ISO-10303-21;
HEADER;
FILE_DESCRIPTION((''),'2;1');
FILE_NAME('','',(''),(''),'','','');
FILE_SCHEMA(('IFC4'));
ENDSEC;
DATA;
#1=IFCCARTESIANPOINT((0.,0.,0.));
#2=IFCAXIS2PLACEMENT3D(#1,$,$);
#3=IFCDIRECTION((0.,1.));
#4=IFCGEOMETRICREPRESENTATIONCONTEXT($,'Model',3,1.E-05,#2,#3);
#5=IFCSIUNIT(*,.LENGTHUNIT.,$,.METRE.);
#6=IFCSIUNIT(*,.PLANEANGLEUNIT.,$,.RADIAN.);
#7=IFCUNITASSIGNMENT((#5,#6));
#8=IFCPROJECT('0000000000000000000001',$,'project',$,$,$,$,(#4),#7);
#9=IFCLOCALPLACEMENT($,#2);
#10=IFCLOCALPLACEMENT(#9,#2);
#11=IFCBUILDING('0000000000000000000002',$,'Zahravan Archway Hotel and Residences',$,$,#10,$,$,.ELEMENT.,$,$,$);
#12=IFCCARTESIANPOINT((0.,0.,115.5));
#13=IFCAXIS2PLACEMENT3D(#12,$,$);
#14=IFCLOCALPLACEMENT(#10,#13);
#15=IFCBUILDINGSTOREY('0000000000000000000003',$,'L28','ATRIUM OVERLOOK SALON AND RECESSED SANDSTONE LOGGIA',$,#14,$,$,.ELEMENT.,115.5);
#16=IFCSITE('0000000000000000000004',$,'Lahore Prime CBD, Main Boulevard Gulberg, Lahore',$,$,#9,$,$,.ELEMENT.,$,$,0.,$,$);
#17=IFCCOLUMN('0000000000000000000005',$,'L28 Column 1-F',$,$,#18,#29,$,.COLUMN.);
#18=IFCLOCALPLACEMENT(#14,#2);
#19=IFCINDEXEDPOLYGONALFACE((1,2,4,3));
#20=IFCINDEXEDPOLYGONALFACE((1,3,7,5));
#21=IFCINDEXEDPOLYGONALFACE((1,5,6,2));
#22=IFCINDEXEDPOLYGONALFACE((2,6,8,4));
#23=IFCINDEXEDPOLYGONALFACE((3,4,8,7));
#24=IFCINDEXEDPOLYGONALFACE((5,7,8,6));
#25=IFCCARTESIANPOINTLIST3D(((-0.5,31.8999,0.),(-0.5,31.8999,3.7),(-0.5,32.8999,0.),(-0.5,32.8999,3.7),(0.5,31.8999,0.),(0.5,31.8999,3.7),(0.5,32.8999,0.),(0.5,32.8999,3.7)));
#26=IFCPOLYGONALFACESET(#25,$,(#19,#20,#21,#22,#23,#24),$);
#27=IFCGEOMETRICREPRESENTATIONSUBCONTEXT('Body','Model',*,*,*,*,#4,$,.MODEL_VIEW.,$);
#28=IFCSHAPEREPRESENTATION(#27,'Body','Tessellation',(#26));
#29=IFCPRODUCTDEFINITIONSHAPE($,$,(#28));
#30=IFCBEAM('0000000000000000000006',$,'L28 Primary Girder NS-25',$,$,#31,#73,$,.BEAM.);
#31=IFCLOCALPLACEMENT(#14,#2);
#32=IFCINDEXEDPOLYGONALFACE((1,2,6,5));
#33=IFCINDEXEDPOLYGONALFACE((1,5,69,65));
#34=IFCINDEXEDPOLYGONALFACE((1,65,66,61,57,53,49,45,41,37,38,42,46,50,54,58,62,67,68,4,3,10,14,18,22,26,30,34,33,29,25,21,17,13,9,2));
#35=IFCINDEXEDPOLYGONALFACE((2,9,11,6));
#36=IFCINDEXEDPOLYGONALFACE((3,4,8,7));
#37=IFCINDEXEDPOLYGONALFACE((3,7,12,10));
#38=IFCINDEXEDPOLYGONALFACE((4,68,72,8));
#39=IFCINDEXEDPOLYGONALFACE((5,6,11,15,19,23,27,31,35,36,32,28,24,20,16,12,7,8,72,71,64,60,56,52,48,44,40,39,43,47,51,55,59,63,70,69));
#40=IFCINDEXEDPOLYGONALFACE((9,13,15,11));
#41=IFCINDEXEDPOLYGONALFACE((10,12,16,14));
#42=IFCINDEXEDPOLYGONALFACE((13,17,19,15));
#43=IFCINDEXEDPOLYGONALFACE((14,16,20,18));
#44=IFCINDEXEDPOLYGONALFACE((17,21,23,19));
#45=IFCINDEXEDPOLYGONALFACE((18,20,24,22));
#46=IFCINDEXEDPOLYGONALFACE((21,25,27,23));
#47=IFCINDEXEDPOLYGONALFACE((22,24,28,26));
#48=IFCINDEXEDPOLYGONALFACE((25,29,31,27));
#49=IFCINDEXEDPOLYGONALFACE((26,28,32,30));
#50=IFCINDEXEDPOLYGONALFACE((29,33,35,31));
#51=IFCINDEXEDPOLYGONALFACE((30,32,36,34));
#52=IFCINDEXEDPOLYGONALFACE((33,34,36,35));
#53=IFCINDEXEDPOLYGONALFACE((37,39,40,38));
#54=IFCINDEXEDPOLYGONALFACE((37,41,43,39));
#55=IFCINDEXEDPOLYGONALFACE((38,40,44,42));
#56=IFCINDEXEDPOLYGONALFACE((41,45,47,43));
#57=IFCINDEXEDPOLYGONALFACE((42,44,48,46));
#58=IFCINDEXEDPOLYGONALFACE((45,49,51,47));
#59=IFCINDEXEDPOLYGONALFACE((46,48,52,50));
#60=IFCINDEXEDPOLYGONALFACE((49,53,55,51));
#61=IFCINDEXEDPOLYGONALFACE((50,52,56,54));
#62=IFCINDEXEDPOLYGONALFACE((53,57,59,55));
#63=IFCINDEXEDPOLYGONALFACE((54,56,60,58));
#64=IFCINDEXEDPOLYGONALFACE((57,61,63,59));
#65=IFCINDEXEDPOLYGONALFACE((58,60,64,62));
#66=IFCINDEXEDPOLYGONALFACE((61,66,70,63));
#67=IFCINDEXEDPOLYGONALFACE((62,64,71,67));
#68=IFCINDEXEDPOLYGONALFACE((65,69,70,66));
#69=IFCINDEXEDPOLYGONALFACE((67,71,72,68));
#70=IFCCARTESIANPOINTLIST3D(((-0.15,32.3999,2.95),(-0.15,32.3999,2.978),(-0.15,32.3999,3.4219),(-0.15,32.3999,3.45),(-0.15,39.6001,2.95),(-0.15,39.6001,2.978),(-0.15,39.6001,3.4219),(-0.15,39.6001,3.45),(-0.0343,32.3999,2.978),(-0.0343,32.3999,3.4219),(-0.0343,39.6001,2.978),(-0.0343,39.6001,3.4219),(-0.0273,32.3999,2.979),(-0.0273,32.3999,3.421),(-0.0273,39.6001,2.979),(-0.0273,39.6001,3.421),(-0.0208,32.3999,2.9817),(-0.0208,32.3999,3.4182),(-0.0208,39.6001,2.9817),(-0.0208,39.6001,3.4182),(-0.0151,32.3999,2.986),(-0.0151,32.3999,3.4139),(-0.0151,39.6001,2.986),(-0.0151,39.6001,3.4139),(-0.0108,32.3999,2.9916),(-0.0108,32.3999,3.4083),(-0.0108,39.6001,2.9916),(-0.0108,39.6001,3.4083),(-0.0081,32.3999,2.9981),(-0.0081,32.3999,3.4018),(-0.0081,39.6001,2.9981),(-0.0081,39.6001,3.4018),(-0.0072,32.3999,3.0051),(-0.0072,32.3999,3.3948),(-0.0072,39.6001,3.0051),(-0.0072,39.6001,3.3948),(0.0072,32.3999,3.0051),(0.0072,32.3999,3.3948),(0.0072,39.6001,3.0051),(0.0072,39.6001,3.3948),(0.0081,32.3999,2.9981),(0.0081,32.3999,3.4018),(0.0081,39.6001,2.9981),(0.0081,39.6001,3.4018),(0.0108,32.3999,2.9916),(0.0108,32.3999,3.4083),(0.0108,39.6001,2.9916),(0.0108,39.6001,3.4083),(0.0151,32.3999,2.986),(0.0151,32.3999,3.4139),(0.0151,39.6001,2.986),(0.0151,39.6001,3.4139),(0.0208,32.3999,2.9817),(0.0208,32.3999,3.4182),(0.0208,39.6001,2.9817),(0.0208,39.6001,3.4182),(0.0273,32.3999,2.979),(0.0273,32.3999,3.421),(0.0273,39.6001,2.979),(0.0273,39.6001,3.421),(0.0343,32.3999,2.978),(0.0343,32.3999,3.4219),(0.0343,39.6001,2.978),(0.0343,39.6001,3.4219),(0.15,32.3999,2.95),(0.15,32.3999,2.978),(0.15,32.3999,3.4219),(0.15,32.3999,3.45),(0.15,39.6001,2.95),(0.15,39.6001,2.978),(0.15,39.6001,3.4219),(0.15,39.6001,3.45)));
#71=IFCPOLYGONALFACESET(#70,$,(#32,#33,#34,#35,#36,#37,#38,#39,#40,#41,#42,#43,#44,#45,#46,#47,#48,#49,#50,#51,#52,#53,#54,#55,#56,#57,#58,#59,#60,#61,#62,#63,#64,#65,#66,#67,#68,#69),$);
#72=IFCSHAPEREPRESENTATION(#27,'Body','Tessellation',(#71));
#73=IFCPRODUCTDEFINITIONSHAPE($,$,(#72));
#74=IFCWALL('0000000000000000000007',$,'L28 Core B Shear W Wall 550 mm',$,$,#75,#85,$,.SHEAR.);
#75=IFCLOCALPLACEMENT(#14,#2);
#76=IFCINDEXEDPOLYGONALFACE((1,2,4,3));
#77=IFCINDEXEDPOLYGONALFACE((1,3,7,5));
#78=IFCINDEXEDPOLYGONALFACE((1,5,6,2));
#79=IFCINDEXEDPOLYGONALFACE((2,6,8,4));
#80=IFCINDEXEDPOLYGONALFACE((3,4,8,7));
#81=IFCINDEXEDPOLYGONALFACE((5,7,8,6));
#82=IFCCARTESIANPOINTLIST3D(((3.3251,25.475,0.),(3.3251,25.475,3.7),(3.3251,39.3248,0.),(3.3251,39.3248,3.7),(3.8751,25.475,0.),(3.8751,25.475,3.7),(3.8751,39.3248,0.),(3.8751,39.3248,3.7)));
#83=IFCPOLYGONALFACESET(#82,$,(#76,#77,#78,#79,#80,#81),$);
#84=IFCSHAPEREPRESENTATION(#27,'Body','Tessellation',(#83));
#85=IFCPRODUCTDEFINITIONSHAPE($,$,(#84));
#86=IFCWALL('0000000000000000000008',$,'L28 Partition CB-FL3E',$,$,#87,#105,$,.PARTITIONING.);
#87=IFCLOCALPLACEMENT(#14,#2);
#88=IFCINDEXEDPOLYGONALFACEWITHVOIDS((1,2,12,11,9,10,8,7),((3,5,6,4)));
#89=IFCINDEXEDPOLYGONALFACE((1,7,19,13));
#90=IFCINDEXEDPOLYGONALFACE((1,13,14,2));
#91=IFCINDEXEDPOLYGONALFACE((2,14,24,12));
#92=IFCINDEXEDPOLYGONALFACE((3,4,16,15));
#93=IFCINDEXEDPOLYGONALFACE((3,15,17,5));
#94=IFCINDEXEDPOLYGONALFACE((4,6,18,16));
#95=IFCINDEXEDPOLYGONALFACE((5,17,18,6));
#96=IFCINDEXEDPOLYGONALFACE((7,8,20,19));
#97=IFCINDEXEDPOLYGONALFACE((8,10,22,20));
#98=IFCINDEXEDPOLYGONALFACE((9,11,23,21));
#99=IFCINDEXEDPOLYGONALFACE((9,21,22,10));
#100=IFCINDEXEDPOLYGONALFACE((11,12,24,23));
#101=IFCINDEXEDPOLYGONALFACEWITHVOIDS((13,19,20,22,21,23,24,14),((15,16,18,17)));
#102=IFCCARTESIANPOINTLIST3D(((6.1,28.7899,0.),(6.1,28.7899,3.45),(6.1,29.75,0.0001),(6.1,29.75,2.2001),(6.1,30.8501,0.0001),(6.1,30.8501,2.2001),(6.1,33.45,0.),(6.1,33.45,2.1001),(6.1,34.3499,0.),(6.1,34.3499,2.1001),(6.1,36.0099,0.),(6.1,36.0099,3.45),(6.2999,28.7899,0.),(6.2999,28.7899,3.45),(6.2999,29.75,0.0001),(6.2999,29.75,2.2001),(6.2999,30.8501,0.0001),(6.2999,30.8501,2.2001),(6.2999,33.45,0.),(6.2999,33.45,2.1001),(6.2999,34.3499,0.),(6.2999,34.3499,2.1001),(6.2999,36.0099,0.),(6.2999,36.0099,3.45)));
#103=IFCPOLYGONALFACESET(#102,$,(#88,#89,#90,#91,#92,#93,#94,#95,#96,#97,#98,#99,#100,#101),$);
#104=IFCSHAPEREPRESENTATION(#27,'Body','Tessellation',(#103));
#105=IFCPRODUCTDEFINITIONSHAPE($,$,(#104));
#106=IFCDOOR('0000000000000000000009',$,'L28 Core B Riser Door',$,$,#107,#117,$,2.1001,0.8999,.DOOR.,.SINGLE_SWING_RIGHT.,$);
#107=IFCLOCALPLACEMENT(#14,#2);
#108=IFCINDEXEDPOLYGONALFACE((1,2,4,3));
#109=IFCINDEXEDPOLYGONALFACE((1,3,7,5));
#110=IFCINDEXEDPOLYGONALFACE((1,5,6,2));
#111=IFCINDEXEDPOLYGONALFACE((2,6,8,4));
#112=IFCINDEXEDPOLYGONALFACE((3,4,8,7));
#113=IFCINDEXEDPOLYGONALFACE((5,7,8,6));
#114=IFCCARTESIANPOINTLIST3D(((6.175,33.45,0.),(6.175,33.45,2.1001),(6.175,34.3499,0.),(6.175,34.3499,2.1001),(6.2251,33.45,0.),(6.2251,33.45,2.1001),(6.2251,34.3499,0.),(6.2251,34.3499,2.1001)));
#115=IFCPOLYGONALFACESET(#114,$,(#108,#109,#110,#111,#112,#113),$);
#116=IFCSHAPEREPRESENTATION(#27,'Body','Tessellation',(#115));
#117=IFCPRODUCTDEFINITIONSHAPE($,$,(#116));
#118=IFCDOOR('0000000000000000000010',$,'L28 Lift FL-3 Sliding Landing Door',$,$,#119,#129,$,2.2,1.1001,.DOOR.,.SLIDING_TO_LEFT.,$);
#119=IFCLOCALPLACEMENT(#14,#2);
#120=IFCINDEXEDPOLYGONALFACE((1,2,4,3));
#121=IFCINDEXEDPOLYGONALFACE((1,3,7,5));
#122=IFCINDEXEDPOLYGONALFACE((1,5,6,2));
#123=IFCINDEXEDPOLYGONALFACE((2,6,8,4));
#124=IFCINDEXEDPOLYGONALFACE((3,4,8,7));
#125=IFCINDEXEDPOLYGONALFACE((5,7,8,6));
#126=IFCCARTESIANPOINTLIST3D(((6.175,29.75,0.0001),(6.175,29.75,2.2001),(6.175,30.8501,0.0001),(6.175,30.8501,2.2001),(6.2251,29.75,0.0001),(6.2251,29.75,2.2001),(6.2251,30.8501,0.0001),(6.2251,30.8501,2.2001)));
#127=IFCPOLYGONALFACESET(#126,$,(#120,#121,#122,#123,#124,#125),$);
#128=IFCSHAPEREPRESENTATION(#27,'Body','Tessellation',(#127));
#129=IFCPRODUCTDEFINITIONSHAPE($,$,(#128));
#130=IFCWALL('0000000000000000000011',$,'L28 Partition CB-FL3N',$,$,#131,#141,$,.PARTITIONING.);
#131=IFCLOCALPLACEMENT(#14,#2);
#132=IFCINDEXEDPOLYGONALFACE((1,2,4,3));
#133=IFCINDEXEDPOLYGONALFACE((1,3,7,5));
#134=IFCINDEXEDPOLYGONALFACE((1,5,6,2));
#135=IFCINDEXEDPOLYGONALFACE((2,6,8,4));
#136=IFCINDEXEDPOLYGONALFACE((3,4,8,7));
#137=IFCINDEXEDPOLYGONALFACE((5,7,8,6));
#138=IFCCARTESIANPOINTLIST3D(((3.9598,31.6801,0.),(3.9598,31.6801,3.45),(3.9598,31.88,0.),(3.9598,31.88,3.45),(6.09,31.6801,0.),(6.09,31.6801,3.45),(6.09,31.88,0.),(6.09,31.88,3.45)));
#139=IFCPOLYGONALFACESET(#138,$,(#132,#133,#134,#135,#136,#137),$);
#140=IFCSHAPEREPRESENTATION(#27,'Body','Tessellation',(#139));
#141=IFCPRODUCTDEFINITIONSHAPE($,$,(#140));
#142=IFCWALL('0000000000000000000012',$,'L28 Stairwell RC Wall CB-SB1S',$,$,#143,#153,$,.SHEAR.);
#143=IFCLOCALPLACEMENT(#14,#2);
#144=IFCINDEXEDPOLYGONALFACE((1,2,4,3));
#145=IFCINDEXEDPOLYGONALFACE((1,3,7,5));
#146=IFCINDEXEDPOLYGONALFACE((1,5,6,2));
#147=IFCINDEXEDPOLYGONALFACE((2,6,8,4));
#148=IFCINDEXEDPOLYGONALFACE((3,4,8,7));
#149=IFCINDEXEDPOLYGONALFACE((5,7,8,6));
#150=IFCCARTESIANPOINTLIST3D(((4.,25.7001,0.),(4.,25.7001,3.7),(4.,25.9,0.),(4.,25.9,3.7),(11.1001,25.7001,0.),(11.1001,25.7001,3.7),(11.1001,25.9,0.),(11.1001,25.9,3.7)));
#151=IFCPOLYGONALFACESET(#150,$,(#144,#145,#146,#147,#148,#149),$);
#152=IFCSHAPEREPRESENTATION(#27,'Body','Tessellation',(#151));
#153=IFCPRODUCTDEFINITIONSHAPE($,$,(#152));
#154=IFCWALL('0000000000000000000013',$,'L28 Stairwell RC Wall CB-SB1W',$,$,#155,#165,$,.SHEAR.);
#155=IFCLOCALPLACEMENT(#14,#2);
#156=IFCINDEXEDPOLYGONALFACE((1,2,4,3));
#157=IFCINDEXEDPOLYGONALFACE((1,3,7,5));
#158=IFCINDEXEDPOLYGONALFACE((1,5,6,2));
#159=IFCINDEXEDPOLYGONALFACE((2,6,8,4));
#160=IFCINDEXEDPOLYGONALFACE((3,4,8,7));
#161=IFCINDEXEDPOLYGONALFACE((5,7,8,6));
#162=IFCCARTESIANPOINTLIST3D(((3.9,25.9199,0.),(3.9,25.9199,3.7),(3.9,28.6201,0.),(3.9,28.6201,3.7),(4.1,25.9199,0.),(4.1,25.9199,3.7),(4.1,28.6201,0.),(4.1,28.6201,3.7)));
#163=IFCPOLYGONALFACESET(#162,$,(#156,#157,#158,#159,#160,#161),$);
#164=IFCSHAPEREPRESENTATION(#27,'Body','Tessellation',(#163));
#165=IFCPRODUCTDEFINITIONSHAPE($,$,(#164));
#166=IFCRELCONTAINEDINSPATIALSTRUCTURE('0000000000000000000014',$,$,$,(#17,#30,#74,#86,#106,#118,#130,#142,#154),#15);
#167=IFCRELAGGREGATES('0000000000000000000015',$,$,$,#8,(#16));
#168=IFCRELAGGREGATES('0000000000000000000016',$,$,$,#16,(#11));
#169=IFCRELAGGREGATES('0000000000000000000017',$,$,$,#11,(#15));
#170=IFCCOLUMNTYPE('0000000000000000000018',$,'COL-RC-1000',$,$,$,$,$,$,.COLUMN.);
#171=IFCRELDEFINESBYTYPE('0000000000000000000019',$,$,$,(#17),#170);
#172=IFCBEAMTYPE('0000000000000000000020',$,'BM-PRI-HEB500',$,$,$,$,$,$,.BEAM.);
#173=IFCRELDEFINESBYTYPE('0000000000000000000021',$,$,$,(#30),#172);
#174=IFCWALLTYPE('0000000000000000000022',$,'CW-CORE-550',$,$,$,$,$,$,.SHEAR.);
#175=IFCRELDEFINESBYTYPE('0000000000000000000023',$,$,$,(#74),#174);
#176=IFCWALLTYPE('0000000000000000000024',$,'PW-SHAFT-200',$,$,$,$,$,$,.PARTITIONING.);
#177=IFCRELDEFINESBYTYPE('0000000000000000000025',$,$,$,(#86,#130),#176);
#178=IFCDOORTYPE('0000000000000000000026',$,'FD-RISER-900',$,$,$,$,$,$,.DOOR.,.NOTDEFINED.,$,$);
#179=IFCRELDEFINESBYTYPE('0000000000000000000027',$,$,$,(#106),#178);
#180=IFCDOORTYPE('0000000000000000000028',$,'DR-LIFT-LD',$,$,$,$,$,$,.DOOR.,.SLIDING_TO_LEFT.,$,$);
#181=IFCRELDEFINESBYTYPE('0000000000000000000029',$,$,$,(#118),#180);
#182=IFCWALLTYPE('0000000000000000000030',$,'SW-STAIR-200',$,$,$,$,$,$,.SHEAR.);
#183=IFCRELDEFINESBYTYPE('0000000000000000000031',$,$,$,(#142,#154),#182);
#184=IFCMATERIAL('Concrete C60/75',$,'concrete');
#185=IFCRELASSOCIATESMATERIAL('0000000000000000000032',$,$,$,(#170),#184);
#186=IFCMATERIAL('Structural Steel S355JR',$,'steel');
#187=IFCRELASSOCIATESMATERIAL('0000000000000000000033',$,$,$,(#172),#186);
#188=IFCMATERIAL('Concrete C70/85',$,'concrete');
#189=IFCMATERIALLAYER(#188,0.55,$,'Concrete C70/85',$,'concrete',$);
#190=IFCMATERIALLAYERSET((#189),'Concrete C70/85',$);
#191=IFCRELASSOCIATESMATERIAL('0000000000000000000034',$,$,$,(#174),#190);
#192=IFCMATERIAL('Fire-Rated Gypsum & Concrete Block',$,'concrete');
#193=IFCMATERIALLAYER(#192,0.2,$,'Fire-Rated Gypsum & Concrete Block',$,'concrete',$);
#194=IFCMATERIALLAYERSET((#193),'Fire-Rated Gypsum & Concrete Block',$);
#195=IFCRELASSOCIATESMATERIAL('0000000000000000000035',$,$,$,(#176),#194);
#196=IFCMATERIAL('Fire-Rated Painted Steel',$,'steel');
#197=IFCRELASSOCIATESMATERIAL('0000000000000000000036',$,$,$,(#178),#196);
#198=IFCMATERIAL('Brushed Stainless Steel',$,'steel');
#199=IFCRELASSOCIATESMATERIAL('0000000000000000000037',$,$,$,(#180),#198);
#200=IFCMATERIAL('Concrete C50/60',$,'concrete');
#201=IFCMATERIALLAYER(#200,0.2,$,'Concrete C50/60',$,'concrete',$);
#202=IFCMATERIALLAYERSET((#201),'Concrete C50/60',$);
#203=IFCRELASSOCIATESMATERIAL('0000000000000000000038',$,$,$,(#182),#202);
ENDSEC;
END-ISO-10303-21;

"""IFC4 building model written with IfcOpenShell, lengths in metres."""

from ifc_helpers import new_model, si_unit, direction, frame, frame_2d, origin, origin_2d, place, context, subcontext, project, spatial, rectangle, i_section, extrude, source, transform, mapped, material, layer, layer_set, material_profile, profile_set, type_object, type_shapes, element, fill, save


model = new_model("IFC4")

# Units and contexts
model_context = context("Model", 3, precision=1e-05, world=origin(), true_north=direction((0.0, 1.0)))
body_context = subcontext(model_context, "Body", "Model", "MODEL_VIEW")
ifc_project = project(units=[si_unit("LENGTHUNIT", "METRE"), si_unit("PLANEANGLEUNIT", "RADIAN")], contexts=[model_context])

# Site, building, storey
site_placement = place(None, origin())
site = spatial("IfcSite", under=ifc_project, at=site_placement, Name="Lahore Prime CBD, Main Boulevard Gulberg, Lahore", CompositionType="ELEMENT", RefElevation=0.0)
building_placement = place(site_placement, origin())
building = spatial("IfcBuilding", under=site, at=building_placement, Name="Zahravan Archway Hotel and Residences", CompositionType="ELEMENT")
storey_placement = place(building_placement, frame((0.0, 0.0, 115.5)))
storey = spatial("IfcBuildingStorey", under=building, at=storey_placement, Name="L28", Description="ATRIUM OVERLOOK SALON AND RECESSED SANDSTONE LOGGIA", CompositionType="ELEMENT", Elevation=115.5)

# Column
ifc_material_1 = material(Name="Concrete C60/75", Category="concrete")
ifc_material_profile_1 = material_profile(ifc_material_1, rectangle(XDim=1.0, YDim=1.0, at=origin_2d()), Name="RC-COL-1000x1000", Category="concrete")
ifc_profile_set_1 = profile_set([ifc_material_profile_1], Name="Concrete C60/75")
column_type = type_object("IfcColumnType", Name="COL-RC-1000", PredefinedType="COLUMN", material=ifc_profile_set_1)
shared_shape_1 = source(origin(), body_context, "Body", "SweptSolid", [
    extrude(rectangle(XDim=1.0, YDim=1.0, at=origin_2d()), origin(), (0.0, 0.0, 1.0), 3.7),
])
type_shapes(column_type, [shared_shape_1])
column_placement = place(storey_placement, frame((0.0, 32.3999, 0.0), z_axis=(0.0, 0.0, 1.0), x_axis=(1.0, 0.0, 0.0)))
element("IfcColumn", 1, at=column_placement, inside=storey, type_object=column_type, Name="L28 Column 1-F", PredefinedType="COLUMN", context=body_context, shape_type="MappedRepresentation", body=[
    mapped(shared_shape_1, transform((0.0, 0.0, 0.0), scale=1.0)),
])

# Beam
ifc_material_2 = material(Name="Structural Steel S355JR", Category="steel")
ifc_material_profile_2 = material_profile(ifc_material_2, i_section(OverallWidth=0.3, OverallDepth=0.5, WebThickness=0.0144, FlangeThickness=0.0281, FilletRadius=0.0271, at=origin_2d()), Name="HEB 500", Category="steel")
ifc_profile_set_2 = profile_set([ifc_material_profile_2], Name="Structural Steel S355JR")
beam_type = type_object("IfcBeamType", Name="BM-PRI-HEB500", PredefinedType="BEAM", material=ifc_profile_set_2)
shared_shape_2 = source(origin(), body_context, "Body", "SweptSolid", [
    extrude(i_section(OverallWidth=0.3, OverallDepth=0.5, WebThickness=0.0144, FlangeThickness=0.0281, FilletRadius=0.0271, at=origin_2d()), origin(), (0.0, 0.0, 1.0), 7.2002),
])
type_shapes(beam_type, [shared_shape_2])
beam_placement = place(storey_placement, frame((0.0, 32.3999, 3.2), z_axis=(0.0, 1.0, 0.0), x_axis=(-1.0, 0.0, 0.0)))
element("IfcBeam", 2, at=beam_placement, inside=storey, type_object=beam_type, Name="L28 Primary Girder NS-25", PredefinedType="BEAM", context=body_context, shape_type="MappedRepresentation", body=[
    mapped(shared_shape_2, transform((0.0, 0.0, 0.0), scale=1.0)),
])

# Wall
ifc_material_3 = material(Name="Concrete C70/85", Category="concrete")
ifc_layer_1 = layer(ifc_material_3, 0.55, Name="Concrete C70/85", Category="concrete")
ifc_layer_set_1 = layer_set([ifc_layer_1], Name="Concrete C70/85")
wall_type_1 = type_object("IfcWallType", Name="CW-CORE-550", PredefinedType="SHEAR", material=ifc_layer_set_1)
wall_1_placement = place(storey_placement, frame((3.6001, 25.4751, 0.0), z_axis=(0.0, 0.0, 1.0), x_axis=(0.0, 1.0, 0.0)))
element("IfcWall", 3, at=wall_1_placement, inside=storey, type_object=wall_type_1, Name="L28 Core B Shear W Wall 550 mm", PredefinedType="SHEAR", context=body_context, shape_type="SweptSolid", body=[
    extrude(rectangle(XDim=13.8499, YDim=0.55, at=frame_2d((6.9248, 0.0))), origin(), (0.0, 0.0, 1.0), 3.7),
])

# Wall, openings, doors
ifc_material_4 = material(Name="Fire-Rated Gypsum & Concrete Block", Category="concrete")
ifc_layer_2 = layer(ifc_material_4, 0.2, Name="Fire-Rated Gypsum & Concrete Block", Category="concrete")
ifc_layer_set_2 = layer_set([ifc_layer_2], Name="Fire-Rated Gypsum & Concrete Block")
wall_type_2 = type_object("IfcWallType", Name="PW-SHAFT-200", PredefinedType="PARTITIONING", material=ifc_layer_set_2)
wall_2_placement = place(storey_placement, frame((6.2, 28.79, 0.0), z_axis=(0.0, 0.0, 1.0), x_axis=(0.0, 1.0, 0.0)))
wall_2 = element("IfcWall", 4, at=wall_2_placement, inside=storey, type_object=wall_type_2, Name="L28 Partition CB-FL3E", PredefinedType="PARTITIONING", context=body_context, shape_type="SweptSolid", body=[
    extrude(rectangle(XDim=7.22, YDim=0.2, at=frame_2d((3.6099, 0.0))), origin(), (0.0, 0.0, 1.0), 3.45),
])
opening_1_placement = place(wall_2_placement, frame((4.6599, 0.0, 0.0)))
opening_1 = element("IfcOpeningElement", 5, at=opening_1_placement, cuts=wall_2, PredefinedType="OPENING", context=body_context, shape_type="SweptSolid", body=[
    extrude(rectangle(XDim=0.8999, YDim=2.1001, at=frame_2d((0.45, 1.05))), frame((0.0, 0.1099, 0.0), z_axis=(0.0, -1.0, 0.0), x_axis=(1.0, 0.0, 0.0)), (0.0, 0.0, 1.0), 0.22),
])
opening_2_placement = place(wall_2_placement, frame((0.96, 0.0, 0.0)))
opening_2 = element("IfcOpeningElement", 6, at=opening_2_placement, cuts=wall_2, PredefinedType="OPENING", context=body_context, shape_type="SweptSolid", body=[
    extrude(rectangle(XDim=1.1001, YDim=2.2, at=frame_2d((0.55, 1.1001))), frame((0.0, 0.1099, 0.0), z_axis=(0.0, -1.0, 0.0), x_axis=(1.0, 0.0, 0.0)), (0.0, 0.0, 1.0), 0.22),
])
ifc_material_5 = material(Name="Fire-Rated Painted Steel", Category="steel")
door_type_1 = type_object("IfcDoorType", Name="FD-RISER-900", OperationType="NOTDEFINED", PredefinedType="DOOR", material=ifc_material_5)
shared_shape_3 = source(origin(), body_context, "Body", "SweptSolid", [
    extrude(rectangle(XDim=0.8999, YDim=2.1001, at=frame_2d((0.45, 1.05))), frame((0.0, 0.0249, 0.0), z_axis=(0.0, -1.0, 0.0), x_axis=(1.0, 0.0, 0.0)), (0.0, 0.0, 1.0), 0.05),
])
type_shapes(door_type_1, [shared_shape_3])
door_1_placement = place(opening_1_placement, origin())
door_1 = element("IfcDoor", 7, at=door_1_placement, inside=storey, type_object=door_type_1, Name="L28 Core B Riser Door", OperationType="SINGLE_SWING_RIGHT", OverallHeight=2.1001, OverallWidth=0.8999, PredefinedType="DOOR", context=body_context, shape_type="MappedRepresentation", body=[
    mapped(shared_shape_3, transform((0.0, 0.0, 0.0), scale=1.0)),
])
fill(opening_1, door_1)
ifc_material_6 = material(Name="Brushed Stainless Steel", Category="steel")
door_type_2 = type_object("IfcDoorType", Name="DR-LIFT-LD", OperationType="SLIDING_TO_LEFT", PredefinedType="DOOR", material=ifc_material_6)
shared_shape_4 = source(origin(), body_context, "Body", "SweptSolid", [
    extrude(rectangle(XDim=1.1001, YDim=2.2, at=frame_2d((0.55, 1.1001))), frame((0.0, 0.0249, 0.0), z_axis=(0.0, -1.0, 0.0), x_axis=(1.0, 0.0, 0.0)), (0.0, 0.0, 1.0), 0.05),
])
type_shapes(door_type_2, [shared_shape_4])
door_2_placement = place(opening_2_placement, origin())
door_2 = element("IfcDoor", 8, at=door_2_placement, inside=storey, type_object=door_type_2, Name="L28 Lift FL-3 Sliding Landing Door", OperationType="SLIDING_TO_LEFT", OverallHeight=2.2, OverallWidth=1.1001, PredefinedType="DOOR", context=body_context, shape_type="MappedRepresentation", body=[
    mapped(shared_shape_4, transform((0.0, 0.0, 0.0), scale=1.0)),
])
fill(opening_2, door_2)

# Walls
wall_3_placement = place(storey_placement, frame((3.96, 31.78, 0.0), z_axis=(0.0, 0.0, 1.0), x_axis=(1.0, 0.0, 0.0)))
element("IfcWall", 9, at=wall_3_placement, inside=storey, type_object=wall_type_2, Name="L28 Partition CB-FL3N", PredefinedType="PARTITIONING", context=body_context, shape_type="SweptSolid", body=[
    extrude(rectangle(XDim=2.1301, YDim=0.2, at=frame_2d((1.0649, 0.0))), origin(), (0.0, 0.0, 1.0), 3.45),
])
ifc_material_7 = material(Name="Concrete C50/60", Category="concrete")
ifc_layer_3 = layer(ifc_material_7, 0.2, Name="Concrete C50/60", Category="concrete")
ifc_layer_set_3 = layer_set([ifc_layer_3], Name="Concrete C50/60")
wall_type_3 = type_object("IfcWallType", Name="SW-STAIR-200", PredefinedType="SHEAR", material=ifc_layer_set_3)
wall_4_placement = place(storey_placement, frame((4.0, 25.8, 0.0), z_axis=(0.0, 0.0, 1.0), x_axis=(1.0, 0.0, 0.0)))
element("IfcWall", 10, at=wall_4_placement, inside=storey, type_object=wall_type_3, Name="L28 Stairwell RC Wall CB-SB1S", PredefinedType="SHEAR", context=body_context, shape_type="SweptSolid", body=[
    extrude(rectangle(XDim=7.1001, YDim=0.2, at=frame_2d((3.55, 0.0))), origin(), (0.0, 0.0, 1.0), 3.7),
])
wall_5_placement = place(storey_placement, frame((4.0, 25.9199, 0.0), z_axis=(0.0, 0.0, 1.0), x_axis=(0.0, 1.0, 0.0)))
element("IfcWall", 11, at=wall_5_placement, inside=storey, type_object=wall_type_3, Name="L28 Stairwell RC Wall CB-SB1W", PredefinedType="SHEAR", context=body_context, shape_type="SweptSolid", body=[
    extrude(rectangle(XDim=2.7002, YDim=0.2, at=frame_2d((1.3501, 0.0))), origin(), (0.0, 0.0, 1.0), 3.7),
])

save(model, "model.ifc")
